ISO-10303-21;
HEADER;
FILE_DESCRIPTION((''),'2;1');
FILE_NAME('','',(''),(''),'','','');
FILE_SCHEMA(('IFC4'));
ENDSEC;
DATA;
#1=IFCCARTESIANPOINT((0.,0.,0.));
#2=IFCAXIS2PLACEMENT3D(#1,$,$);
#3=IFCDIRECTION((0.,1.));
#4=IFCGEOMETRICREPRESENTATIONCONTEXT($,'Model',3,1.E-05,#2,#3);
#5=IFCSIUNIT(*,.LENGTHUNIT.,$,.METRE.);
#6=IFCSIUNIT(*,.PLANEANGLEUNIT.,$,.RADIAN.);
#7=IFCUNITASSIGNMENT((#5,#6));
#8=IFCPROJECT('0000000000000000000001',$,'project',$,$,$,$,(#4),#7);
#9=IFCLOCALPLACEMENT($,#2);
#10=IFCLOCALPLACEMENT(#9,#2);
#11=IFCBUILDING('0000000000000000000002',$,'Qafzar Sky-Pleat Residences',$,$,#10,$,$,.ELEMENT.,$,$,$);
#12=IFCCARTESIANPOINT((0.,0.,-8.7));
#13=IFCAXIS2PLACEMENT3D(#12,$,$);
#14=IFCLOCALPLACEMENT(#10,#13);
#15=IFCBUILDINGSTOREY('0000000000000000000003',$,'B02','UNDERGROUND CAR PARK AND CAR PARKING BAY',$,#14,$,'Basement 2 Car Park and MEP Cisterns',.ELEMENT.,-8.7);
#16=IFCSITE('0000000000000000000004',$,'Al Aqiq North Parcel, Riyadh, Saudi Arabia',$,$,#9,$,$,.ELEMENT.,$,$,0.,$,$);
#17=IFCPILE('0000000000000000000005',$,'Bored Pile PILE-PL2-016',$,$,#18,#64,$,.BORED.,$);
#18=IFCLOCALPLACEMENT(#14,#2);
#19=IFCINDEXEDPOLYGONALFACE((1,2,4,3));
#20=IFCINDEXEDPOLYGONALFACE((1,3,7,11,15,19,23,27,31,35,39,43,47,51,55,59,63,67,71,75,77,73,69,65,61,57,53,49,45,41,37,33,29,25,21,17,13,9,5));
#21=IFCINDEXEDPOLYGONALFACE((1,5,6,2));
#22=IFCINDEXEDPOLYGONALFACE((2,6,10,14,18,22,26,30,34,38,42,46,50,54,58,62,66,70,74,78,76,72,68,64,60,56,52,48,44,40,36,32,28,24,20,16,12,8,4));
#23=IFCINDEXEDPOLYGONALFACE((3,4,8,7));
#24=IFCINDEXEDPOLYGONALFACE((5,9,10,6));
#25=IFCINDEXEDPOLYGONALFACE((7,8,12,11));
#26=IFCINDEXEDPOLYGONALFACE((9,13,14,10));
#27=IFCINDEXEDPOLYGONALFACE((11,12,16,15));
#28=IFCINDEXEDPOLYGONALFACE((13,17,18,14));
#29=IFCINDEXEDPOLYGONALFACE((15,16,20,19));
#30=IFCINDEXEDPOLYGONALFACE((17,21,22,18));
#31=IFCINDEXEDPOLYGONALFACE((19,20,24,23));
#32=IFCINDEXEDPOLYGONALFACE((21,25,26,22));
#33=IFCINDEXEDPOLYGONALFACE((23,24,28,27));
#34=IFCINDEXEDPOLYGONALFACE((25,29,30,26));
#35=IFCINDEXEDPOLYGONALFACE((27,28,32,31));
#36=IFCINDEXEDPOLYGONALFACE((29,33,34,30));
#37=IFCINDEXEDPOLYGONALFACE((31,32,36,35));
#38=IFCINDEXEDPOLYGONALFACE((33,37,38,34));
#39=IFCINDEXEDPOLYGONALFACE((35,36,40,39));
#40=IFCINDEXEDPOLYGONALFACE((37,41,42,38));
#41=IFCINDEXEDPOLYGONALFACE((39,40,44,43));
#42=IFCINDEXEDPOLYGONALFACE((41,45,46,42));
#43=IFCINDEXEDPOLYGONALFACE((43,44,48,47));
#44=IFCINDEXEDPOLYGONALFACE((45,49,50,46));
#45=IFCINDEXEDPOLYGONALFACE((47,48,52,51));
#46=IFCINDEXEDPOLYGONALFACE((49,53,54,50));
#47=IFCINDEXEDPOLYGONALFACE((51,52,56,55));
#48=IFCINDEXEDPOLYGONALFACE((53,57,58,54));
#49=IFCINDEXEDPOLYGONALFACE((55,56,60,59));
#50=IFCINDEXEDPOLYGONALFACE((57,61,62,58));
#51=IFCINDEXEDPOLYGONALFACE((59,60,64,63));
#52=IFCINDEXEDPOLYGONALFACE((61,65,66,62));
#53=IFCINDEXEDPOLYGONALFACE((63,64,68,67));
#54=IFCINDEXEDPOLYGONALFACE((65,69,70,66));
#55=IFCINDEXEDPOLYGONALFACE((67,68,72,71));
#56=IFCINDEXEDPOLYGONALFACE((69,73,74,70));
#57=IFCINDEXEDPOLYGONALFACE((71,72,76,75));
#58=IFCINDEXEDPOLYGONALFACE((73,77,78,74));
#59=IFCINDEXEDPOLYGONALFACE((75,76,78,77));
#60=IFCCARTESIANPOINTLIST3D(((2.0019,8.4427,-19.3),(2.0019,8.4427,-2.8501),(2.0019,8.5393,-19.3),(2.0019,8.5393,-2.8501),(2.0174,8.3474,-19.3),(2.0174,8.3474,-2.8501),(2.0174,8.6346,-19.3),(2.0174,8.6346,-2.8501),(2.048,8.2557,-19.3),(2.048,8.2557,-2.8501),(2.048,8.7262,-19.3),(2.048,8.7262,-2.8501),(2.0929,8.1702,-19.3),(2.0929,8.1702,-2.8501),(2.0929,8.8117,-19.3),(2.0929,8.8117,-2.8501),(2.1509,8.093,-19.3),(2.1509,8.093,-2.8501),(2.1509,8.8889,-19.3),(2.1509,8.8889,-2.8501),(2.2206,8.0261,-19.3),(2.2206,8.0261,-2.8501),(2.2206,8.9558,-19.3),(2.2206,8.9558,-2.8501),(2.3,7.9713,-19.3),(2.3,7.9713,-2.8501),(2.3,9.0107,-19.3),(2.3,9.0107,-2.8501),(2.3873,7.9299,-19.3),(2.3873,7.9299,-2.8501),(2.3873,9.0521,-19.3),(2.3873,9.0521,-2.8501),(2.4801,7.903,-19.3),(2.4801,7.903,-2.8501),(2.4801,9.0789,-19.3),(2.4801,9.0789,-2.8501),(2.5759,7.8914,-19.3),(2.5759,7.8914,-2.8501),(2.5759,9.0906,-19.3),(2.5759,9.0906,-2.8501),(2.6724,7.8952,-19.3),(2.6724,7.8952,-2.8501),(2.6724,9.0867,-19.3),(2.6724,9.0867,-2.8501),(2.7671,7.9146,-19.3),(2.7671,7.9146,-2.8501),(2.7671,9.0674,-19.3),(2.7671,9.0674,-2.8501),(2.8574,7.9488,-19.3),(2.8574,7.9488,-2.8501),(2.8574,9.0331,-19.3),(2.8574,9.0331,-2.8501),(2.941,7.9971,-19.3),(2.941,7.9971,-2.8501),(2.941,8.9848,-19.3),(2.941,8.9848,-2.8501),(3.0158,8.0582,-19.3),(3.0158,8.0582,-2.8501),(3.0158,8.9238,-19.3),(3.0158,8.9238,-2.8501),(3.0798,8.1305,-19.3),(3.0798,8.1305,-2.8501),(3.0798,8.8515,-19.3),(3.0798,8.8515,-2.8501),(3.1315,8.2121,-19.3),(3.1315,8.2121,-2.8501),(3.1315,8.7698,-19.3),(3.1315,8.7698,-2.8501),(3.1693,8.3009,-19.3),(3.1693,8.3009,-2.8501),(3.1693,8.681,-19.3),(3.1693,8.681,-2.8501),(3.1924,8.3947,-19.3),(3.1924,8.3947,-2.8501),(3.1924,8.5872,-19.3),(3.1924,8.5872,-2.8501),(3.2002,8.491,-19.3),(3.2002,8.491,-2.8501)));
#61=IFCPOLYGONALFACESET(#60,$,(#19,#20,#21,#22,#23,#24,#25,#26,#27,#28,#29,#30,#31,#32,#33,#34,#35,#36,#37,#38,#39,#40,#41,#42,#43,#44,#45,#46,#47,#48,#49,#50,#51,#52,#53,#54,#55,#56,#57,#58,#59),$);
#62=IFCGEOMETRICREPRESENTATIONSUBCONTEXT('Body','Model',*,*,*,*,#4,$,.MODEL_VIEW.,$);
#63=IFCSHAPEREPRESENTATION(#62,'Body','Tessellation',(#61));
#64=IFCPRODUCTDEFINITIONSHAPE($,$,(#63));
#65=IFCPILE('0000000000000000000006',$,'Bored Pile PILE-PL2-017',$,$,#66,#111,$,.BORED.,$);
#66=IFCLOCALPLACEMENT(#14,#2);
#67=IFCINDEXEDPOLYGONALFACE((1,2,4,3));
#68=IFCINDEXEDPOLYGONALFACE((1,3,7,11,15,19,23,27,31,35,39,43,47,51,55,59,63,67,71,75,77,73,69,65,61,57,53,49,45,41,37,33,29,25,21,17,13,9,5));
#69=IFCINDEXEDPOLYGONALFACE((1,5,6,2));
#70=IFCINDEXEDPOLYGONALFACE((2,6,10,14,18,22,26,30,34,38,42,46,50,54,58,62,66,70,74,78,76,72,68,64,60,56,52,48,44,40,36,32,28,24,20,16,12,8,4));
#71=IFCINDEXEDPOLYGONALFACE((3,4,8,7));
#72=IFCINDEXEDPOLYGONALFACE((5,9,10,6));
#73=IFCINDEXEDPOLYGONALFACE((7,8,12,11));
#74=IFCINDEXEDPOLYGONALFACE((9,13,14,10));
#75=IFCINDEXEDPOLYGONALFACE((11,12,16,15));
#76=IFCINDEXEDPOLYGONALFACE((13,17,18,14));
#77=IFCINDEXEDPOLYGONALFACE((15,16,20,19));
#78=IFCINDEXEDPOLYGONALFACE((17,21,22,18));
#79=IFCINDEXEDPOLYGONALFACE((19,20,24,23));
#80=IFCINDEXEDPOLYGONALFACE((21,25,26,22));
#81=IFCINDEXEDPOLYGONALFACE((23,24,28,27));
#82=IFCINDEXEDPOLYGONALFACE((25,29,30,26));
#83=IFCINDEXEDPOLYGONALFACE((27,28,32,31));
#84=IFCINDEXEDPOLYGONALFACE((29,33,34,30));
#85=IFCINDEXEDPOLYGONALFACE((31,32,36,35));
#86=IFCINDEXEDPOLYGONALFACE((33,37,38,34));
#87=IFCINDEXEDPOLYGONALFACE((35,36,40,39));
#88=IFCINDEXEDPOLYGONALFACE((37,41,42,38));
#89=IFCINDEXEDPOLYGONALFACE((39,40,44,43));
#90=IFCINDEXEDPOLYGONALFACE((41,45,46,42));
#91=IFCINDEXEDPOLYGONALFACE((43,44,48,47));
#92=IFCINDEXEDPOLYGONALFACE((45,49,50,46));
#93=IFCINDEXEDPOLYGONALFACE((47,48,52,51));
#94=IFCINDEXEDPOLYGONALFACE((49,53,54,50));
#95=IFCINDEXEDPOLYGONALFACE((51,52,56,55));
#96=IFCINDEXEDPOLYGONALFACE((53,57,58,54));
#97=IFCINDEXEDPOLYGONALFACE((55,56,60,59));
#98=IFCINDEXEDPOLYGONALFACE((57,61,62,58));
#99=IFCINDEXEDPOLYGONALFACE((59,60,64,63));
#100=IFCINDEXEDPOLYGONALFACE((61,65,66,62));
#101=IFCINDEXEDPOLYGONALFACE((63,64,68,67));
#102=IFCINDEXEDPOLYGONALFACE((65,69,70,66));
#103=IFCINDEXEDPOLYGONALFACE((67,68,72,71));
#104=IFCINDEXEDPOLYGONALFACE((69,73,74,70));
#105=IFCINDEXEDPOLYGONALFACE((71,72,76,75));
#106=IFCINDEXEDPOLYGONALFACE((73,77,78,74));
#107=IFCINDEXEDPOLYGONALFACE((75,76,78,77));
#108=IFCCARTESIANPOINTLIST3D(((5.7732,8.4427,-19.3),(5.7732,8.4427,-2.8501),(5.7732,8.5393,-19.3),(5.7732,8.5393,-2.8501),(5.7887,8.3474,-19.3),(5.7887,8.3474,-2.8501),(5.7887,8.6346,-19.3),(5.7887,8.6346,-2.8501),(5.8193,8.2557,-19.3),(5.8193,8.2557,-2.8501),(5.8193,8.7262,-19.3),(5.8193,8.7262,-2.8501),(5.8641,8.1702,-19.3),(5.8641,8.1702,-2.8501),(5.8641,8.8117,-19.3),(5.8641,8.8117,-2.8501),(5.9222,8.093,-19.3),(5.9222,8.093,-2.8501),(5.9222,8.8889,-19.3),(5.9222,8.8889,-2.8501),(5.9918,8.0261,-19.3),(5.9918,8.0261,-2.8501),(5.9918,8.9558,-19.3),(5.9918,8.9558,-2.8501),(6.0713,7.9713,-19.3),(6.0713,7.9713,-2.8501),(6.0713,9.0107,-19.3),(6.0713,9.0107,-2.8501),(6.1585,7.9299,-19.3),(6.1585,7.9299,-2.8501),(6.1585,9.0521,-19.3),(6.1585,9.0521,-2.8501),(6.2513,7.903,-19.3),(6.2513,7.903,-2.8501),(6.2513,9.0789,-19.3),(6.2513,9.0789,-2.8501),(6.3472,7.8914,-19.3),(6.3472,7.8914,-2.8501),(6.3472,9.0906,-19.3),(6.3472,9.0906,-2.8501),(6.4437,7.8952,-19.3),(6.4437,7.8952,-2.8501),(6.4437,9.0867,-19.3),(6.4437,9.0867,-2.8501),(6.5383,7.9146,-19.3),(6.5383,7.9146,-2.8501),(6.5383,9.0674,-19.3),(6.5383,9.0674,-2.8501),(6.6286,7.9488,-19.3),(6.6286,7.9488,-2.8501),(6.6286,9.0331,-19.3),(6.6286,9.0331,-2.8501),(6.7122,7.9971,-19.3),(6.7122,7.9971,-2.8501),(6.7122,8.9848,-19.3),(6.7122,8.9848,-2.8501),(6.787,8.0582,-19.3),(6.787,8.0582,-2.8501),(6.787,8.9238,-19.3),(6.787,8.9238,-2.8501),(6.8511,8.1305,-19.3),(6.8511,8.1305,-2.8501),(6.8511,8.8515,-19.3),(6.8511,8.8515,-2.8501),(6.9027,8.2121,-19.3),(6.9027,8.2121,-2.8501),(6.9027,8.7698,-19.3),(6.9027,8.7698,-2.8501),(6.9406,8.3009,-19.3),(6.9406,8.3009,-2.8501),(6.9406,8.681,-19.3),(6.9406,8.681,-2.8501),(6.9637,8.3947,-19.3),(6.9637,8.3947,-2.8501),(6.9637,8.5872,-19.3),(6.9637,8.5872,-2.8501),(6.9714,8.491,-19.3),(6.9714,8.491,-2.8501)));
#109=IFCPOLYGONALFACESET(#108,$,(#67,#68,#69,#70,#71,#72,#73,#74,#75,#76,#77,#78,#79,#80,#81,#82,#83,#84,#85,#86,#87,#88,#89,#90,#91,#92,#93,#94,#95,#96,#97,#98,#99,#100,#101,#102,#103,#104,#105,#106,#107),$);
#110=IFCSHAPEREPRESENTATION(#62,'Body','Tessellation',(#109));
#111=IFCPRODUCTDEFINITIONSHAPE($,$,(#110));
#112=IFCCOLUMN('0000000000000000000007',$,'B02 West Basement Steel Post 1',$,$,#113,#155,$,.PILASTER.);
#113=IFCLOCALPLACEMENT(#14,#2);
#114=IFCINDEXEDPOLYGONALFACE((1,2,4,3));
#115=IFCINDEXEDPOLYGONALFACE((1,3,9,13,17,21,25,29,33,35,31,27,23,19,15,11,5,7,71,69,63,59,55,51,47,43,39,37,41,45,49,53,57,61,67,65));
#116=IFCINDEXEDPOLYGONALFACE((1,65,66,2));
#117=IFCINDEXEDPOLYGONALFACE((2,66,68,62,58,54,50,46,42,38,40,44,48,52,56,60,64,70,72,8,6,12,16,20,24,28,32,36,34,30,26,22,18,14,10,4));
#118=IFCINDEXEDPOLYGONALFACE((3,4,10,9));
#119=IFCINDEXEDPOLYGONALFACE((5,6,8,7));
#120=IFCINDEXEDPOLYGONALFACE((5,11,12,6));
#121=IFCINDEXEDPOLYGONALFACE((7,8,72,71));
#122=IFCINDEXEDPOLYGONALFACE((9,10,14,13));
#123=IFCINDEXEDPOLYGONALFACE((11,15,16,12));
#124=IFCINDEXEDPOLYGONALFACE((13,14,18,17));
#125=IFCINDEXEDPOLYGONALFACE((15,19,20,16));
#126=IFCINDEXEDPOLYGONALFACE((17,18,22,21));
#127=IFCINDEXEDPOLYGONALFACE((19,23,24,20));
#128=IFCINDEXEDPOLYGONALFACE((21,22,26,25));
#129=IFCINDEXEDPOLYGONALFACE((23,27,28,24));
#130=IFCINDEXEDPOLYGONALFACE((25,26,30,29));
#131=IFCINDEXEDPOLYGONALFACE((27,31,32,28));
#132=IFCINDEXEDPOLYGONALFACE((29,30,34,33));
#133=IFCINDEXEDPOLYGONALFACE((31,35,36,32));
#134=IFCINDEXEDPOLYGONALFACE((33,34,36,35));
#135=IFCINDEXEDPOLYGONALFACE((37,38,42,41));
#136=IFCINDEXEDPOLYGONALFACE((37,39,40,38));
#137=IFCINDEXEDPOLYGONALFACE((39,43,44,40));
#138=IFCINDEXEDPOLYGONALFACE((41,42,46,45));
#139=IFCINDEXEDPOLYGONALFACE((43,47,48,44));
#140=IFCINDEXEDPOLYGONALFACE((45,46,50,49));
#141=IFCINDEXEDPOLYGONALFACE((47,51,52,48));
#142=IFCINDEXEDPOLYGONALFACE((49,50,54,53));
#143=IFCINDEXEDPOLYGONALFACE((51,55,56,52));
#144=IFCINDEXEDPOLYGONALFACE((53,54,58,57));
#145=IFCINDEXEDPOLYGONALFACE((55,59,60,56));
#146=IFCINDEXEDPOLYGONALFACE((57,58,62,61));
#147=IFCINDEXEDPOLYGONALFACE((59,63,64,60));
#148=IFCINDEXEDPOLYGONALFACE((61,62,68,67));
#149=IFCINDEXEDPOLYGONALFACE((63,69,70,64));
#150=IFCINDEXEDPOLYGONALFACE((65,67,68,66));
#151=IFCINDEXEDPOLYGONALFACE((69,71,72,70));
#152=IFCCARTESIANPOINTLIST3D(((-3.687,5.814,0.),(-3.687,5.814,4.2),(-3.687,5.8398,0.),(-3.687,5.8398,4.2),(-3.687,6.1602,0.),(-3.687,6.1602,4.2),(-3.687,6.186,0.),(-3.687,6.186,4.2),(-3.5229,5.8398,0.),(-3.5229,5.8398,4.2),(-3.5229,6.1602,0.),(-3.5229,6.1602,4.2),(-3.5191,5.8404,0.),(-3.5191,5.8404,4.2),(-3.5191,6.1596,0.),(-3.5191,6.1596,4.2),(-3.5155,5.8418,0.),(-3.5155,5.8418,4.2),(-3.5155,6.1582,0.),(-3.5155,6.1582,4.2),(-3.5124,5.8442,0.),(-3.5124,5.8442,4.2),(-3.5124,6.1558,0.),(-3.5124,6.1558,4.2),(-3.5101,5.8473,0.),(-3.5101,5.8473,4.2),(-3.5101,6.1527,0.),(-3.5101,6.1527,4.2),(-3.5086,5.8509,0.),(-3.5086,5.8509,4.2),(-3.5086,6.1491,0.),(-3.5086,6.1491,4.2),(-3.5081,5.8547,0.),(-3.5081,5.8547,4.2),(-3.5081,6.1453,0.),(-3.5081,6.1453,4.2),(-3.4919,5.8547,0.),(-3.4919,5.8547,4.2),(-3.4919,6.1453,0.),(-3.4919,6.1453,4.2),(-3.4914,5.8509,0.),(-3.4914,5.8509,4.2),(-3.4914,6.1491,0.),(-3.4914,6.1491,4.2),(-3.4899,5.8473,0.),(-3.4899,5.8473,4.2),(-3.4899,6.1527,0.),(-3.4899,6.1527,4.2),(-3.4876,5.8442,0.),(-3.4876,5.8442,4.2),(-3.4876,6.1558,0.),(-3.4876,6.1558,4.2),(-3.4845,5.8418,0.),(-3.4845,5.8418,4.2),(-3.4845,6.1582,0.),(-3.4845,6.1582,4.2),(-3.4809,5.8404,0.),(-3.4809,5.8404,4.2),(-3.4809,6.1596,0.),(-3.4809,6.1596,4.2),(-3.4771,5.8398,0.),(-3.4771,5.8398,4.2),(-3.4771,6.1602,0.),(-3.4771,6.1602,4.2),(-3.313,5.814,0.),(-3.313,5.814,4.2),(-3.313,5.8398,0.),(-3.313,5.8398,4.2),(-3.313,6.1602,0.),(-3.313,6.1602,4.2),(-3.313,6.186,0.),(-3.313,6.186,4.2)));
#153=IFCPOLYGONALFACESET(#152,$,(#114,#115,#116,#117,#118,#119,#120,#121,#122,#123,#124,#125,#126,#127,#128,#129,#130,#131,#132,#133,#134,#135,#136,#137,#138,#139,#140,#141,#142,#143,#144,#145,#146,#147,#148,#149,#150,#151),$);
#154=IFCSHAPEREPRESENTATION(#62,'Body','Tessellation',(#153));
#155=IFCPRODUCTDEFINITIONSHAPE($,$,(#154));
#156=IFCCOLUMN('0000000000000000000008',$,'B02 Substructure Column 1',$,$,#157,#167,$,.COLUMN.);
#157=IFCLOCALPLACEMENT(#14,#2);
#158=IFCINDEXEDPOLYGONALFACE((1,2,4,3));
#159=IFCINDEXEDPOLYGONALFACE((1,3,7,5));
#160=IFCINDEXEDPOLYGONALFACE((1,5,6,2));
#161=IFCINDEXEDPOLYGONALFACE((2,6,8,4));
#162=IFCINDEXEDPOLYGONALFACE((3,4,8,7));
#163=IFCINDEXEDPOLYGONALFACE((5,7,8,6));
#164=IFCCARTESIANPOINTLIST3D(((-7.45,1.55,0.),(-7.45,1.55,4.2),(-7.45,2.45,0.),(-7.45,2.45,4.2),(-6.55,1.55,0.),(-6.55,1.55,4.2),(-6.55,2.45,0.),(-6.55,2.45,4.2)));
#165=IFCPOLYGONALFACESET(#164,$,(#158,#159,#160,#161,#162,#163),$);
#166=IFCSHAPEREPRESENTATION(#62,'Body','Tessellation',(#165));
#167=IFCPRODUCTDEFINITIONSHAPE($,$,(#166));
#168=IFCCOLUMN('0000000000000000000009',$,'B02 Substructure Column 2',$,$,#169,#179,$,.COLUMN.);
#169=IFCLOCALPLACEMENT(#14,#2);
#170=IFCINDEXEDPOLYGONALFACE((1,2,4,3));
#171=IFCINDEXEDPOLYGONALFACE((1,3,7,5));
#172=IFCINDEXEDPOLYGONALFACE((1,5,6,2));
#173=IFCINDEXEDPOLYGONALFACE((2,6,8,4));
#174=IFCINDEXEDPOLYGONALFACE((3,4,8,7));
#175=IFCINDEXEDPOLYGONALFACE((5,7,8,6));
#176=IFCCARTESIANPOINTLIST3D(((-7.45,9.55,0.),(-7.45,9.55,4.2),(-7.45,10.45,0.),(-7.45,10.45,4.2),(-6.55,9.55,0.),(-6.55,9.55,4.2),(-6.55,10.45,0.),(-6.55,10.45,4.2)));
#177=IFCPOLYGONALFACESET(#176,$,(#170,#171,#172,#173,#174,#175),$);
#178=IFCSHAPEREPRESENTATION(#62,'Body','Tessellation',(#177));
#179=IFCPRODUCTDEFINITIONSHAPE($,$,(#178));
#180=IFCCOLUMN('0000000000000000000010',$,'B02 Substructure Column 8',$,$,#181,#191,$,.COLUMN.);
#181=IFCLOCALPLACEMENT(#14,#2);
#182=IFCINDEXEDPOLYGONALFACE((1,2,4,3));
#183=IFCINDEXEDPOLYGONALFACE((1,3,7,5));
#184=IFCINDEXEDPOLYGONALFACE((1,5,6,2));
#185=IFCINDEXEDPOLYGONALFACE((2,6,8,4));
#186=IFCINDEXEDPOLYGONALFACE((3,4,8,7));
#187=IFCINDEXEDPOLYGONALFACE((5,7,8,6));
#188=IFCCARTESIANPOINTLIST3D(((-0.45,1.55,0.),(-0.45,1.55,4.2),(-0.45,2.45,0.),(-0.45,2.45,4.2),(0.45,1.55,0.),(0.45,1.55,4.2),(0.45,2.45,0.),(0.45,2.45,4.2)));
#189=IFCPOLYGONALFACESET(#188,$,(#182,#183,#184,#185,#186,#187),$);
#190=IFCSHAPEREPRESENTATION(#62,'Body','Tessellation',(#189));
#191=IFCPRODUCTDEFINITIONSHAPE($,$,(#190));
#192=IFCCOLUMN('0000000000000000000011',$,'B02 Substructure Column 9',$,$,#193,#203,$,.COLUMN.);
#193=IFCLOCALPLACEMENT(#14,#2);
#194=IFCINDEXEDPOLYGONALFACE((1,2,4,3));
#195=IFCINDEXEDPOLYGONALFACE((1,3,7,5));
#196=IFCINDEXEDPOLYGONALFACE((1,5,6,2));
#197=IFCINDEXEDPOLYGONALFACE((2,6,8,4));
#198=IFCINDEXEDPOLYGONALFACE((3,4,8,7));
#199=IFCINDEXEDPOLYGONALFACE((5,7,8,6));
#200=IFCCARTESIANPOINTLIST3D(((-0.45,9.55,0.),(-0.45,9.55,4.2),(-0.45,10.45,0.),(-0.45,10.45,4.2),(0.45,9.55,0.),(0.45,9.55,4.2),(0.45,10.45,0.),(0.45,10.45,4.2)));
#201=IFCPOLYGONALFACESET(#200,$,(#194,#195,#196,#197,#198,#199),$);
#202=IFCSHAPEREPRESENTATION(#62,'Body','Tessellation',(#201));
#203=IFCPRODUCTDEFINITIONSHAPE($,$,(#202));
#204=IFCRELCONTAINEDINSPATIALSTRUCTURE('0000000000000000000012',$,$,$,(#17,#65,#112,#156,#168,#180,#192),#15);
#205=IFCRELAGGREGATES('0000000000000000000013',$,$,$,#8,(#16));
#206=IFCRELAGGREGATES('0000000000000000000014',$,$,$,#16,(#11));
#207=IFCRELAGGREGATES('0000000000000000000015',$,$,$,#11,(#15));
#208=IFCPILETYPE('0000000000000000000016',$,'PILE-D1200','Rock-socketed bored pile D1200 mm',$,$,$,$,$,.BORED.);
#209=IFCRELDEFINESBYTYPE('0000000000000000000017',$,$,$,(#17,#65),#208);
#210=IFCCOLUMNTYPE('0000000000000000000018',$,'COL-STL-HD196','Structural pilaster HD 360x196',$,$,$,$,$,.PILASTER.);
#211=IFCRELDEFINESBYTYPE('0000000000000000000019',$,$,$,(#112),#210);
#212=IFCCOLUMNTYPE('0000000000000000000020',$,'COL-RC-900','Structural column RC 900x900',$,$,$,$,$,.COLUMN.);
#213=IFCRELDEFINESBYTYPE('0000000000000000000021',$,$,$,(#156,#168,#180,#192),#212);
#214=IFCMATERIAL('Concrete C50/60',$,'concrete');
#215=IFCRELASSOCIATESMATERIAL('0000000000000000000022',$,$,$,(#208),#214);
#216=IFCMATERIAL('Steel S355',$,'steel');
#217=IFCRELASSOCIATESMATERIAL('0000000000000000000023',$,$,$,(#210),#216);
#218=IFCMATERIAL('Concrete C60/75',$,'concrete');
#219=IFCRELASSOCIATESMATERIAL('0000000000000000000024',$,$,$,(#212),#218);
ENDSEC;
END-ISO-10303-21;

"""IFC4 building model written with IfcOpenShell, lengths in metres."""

from ifc_helpers import new_model, si_unit, direction, frame, origin, origin_2d, place, context, subcontext, project, spatial, rectangle, circle, i_section, extrude, source, transform, mapped, material, material_profile, profile_set, type_object, element, save


model = new_model("IFC4")

# Units and contexts
model_context = context("Model", 3, precision=1e-05, world=origin(), true_north=direction((0.0, 1.0)))
body_context = subcontext(model_context, "Body", "Model", "MODEL_VIEW")
ifc_project = project(units=[si_unit("LENGTHUNIT", "METRE"), si_unit("PLANEANGLEUNIT", "RADIAN")], contexts=[model_context])

# Site, building, storey
site_placement = place(None, origin())
site = spatial("IfcSite", under=ifc_project, at=site_placement, Name="Al Aqiq North Parcel, Riyadh, Saudi Arabia", CompositionType="ELEMENT", RefElevation=0.0)
building_placement = place(site_placement, origin())
building = spatial("IfcBuilding", under=site, at=building_placement, Name="Qafzar Sky-Pleat Residences", CompositionType="ELEMENT")
storey_placement = place(building_placement, frame((0.0, 0.0, -8.7)))
storey = spatial("IfcBuildingStorey", under=building, at=storey_placement, Name="B02", Description="UNDERGROUND CAR PARK AND CAR PARKING BAY", LongName="Basement 2 Car Park and MEP Cisterns", CompositionType="ELEMENT", Elevation=-8.7)

# Shared definitions
ifc_material_1 = material(Name="Concrete C60/75", Category="concrete")

# Piles
ifc_material_2 = material(Name="Concrete C50/60", Category="concrete")
ifc_material_profile_1 = material_profile(ifc_material_2, circle(Radius=0.6001, at=origin_2d()), Name="PILE D1200")
ifc_profile_set_1 = profile_set([ifc_material_profile_1], Name="Concrete C50/60")
pile_type = type_object("IfcPileType", Name="PILE-D1200", Description="Rock-socketed bored pile D1200 mm", PredefinedType="BORED", material=ifc_profile_set_1)
shared_shape_1 = source(origin(), body_context, "Body", "SweptSolid", [
    extrude(circle(Radius=0.6001, at=origin_2d()), origin(), (0.0, 0.0, 1.0), 16.45),
])
for number, where, z_axis, x_axis, name in (
    (1, (2.6001, 8.491, -2.8501), (0.0, 0.0, -1.0), (1.0, 0.0, 0.0), "Bored Pile PILE-PL2-016"),
    (2, (6.3713, 8.491, -2.8501), (0.0, 0.0, -1.0), (1.0, 0.0, 0.0), "Bored Pile PILE-PL2-017"),
):
    element("IfcPile", number, at=place(storey_placement, frame(where, z_axis=z_axis, x_axis=x_axis)), inside=storey, type_object=pile_type, Name=name, PredefinedType="BORED", context=body_context, shape_type="MappedRepresentation", body=[
        mapped(shared_shape_1, transform((0.0, 0.0, 0.0), x_axis=(1.0, 0.0, 0.0), y_axis=(0.0, 1.0, 0.0), z_axis=(0.0, 0.0, 1.0), scale=1.0)),
    ])

# Columns
ifc_material_3 = material(Name="Steel S355", Category="steel")
ifc_material_profile_2 = material_profile(ifc_material_3, i_section(OverallWidth=0.374, OverallDepth=0.3721, WebThickness=0.0161, FlangeThickness=0.0259, FilletRadius=0.0149, at=origin_2d()), Name="HD 360x196")
ifc_profile_set_2 = profile_set([ifc_material_profile_2], Name="Steel S355")
column_type_1 = type_object("IfcColumnType", Name="COL-STL-HD196", Description="Structural pilaster HD 360x196", PredefinedType="PILASTER", material=ifc_profile_set_2)
shared_shape_2 = source(origin(), body_context, "Body", "SweptSolid", [
    extrude(i_section(OverallWidth=0.374, OverallDepth=0.3721, WebThickness=0.0161, FlangeThickness=0.0259, FilletRadius=0.0149, at=origin_2d()), origin(), (0.0, 0.0, 1.0), 4.2),
])
column_placement = place(storey_placement, frame((-3.5, 6.0, 0.0), z_axis=(0.0, 0.0, 1.0), x_axis=(1.0, 0.0, 0.0)))
element("IfcColumn", 3, at=column_placement, inside=storey, type_object=column_type_1, Name="B02 West Basement Steel Post 1", PredefinedType="PILASTER", context=body_context, shape_type="MappedRepresentation", body=[
    mapped(shared_shape_2, transform((0.0, 0.0, 0.0), x_axis=(1.0, 0.0, 0.0), y_axis=(0.0, 1.0, 0.0), z_axis=(0.0, 0.0, 1.0), scale=1.0)),
])
ifc_material_profile_3 = material_profile(ifc_material_1, rectangle(XDim=0.8999, YDim=0.8999, at=origin_2d()), Name="RC 900x900")
ifc_profile_set_3 = profile_set([ifc_material_profile_3], Name="Concrete C60/75")
column_type_2 = type_object("IfcColumnType", Name="COL-RC-900", Description="Structural column RC 900x900", PredefinedType="COLUMN", material=ifc_profile_set_3)
shared_shape_3 = source(origin(), body_context, "Body", "SweptSolid", [
    extrude(rectangle(XDim=0.8999, YDim=0.8999, at=origin_2d()), origin(), (0.0, 0.0, 1.0), 4.2),
])
for number, where, z_axis, x_axis, name in (
    (4, (-7.0, 2.0, 0.0), (0.0, 0.0, 1.0), (1.0, 0.0, 0.0), "B02 Substructure Column 1"),
    (5, (-7.0, 10.0, 0.0), (0.0, 0.0, 1.0), (1.0, 0.0, 0.0), "B02 Substructure Column 2"),
    (6, (0.0, 2.0, 0.0), (0.0, 0.0, 1.0), (1.0, 0.0, 0.0), "B02 Substructure Column 8"),
    (7, (0.0, 10.0, 0.0), (0.0, 0.0, 1.0), (1.0, 0.0, 0.0), "B02 Substructure Column 9"),
):
    element("IfcColumn", number, at=place(storey_placement, frame(where, z_axis=z_axis, x_axis=x_axis)), inside=storey, type_object=column_type_2, Name=name, PredefinedType="COLUMN", context=body_context, shape_type="MappedRepresentation", body=[
        mapped(shared_shape_3, transform((0.0, 0.0, 0.0), x_axis=(1.0, 0.0, 0.0), y_axis=(0.0, 1.0, 0.0), z_axis=(0.0, 0.0, 1.0), scale=1.0)),
    ])

save(model, "model.ifc")
